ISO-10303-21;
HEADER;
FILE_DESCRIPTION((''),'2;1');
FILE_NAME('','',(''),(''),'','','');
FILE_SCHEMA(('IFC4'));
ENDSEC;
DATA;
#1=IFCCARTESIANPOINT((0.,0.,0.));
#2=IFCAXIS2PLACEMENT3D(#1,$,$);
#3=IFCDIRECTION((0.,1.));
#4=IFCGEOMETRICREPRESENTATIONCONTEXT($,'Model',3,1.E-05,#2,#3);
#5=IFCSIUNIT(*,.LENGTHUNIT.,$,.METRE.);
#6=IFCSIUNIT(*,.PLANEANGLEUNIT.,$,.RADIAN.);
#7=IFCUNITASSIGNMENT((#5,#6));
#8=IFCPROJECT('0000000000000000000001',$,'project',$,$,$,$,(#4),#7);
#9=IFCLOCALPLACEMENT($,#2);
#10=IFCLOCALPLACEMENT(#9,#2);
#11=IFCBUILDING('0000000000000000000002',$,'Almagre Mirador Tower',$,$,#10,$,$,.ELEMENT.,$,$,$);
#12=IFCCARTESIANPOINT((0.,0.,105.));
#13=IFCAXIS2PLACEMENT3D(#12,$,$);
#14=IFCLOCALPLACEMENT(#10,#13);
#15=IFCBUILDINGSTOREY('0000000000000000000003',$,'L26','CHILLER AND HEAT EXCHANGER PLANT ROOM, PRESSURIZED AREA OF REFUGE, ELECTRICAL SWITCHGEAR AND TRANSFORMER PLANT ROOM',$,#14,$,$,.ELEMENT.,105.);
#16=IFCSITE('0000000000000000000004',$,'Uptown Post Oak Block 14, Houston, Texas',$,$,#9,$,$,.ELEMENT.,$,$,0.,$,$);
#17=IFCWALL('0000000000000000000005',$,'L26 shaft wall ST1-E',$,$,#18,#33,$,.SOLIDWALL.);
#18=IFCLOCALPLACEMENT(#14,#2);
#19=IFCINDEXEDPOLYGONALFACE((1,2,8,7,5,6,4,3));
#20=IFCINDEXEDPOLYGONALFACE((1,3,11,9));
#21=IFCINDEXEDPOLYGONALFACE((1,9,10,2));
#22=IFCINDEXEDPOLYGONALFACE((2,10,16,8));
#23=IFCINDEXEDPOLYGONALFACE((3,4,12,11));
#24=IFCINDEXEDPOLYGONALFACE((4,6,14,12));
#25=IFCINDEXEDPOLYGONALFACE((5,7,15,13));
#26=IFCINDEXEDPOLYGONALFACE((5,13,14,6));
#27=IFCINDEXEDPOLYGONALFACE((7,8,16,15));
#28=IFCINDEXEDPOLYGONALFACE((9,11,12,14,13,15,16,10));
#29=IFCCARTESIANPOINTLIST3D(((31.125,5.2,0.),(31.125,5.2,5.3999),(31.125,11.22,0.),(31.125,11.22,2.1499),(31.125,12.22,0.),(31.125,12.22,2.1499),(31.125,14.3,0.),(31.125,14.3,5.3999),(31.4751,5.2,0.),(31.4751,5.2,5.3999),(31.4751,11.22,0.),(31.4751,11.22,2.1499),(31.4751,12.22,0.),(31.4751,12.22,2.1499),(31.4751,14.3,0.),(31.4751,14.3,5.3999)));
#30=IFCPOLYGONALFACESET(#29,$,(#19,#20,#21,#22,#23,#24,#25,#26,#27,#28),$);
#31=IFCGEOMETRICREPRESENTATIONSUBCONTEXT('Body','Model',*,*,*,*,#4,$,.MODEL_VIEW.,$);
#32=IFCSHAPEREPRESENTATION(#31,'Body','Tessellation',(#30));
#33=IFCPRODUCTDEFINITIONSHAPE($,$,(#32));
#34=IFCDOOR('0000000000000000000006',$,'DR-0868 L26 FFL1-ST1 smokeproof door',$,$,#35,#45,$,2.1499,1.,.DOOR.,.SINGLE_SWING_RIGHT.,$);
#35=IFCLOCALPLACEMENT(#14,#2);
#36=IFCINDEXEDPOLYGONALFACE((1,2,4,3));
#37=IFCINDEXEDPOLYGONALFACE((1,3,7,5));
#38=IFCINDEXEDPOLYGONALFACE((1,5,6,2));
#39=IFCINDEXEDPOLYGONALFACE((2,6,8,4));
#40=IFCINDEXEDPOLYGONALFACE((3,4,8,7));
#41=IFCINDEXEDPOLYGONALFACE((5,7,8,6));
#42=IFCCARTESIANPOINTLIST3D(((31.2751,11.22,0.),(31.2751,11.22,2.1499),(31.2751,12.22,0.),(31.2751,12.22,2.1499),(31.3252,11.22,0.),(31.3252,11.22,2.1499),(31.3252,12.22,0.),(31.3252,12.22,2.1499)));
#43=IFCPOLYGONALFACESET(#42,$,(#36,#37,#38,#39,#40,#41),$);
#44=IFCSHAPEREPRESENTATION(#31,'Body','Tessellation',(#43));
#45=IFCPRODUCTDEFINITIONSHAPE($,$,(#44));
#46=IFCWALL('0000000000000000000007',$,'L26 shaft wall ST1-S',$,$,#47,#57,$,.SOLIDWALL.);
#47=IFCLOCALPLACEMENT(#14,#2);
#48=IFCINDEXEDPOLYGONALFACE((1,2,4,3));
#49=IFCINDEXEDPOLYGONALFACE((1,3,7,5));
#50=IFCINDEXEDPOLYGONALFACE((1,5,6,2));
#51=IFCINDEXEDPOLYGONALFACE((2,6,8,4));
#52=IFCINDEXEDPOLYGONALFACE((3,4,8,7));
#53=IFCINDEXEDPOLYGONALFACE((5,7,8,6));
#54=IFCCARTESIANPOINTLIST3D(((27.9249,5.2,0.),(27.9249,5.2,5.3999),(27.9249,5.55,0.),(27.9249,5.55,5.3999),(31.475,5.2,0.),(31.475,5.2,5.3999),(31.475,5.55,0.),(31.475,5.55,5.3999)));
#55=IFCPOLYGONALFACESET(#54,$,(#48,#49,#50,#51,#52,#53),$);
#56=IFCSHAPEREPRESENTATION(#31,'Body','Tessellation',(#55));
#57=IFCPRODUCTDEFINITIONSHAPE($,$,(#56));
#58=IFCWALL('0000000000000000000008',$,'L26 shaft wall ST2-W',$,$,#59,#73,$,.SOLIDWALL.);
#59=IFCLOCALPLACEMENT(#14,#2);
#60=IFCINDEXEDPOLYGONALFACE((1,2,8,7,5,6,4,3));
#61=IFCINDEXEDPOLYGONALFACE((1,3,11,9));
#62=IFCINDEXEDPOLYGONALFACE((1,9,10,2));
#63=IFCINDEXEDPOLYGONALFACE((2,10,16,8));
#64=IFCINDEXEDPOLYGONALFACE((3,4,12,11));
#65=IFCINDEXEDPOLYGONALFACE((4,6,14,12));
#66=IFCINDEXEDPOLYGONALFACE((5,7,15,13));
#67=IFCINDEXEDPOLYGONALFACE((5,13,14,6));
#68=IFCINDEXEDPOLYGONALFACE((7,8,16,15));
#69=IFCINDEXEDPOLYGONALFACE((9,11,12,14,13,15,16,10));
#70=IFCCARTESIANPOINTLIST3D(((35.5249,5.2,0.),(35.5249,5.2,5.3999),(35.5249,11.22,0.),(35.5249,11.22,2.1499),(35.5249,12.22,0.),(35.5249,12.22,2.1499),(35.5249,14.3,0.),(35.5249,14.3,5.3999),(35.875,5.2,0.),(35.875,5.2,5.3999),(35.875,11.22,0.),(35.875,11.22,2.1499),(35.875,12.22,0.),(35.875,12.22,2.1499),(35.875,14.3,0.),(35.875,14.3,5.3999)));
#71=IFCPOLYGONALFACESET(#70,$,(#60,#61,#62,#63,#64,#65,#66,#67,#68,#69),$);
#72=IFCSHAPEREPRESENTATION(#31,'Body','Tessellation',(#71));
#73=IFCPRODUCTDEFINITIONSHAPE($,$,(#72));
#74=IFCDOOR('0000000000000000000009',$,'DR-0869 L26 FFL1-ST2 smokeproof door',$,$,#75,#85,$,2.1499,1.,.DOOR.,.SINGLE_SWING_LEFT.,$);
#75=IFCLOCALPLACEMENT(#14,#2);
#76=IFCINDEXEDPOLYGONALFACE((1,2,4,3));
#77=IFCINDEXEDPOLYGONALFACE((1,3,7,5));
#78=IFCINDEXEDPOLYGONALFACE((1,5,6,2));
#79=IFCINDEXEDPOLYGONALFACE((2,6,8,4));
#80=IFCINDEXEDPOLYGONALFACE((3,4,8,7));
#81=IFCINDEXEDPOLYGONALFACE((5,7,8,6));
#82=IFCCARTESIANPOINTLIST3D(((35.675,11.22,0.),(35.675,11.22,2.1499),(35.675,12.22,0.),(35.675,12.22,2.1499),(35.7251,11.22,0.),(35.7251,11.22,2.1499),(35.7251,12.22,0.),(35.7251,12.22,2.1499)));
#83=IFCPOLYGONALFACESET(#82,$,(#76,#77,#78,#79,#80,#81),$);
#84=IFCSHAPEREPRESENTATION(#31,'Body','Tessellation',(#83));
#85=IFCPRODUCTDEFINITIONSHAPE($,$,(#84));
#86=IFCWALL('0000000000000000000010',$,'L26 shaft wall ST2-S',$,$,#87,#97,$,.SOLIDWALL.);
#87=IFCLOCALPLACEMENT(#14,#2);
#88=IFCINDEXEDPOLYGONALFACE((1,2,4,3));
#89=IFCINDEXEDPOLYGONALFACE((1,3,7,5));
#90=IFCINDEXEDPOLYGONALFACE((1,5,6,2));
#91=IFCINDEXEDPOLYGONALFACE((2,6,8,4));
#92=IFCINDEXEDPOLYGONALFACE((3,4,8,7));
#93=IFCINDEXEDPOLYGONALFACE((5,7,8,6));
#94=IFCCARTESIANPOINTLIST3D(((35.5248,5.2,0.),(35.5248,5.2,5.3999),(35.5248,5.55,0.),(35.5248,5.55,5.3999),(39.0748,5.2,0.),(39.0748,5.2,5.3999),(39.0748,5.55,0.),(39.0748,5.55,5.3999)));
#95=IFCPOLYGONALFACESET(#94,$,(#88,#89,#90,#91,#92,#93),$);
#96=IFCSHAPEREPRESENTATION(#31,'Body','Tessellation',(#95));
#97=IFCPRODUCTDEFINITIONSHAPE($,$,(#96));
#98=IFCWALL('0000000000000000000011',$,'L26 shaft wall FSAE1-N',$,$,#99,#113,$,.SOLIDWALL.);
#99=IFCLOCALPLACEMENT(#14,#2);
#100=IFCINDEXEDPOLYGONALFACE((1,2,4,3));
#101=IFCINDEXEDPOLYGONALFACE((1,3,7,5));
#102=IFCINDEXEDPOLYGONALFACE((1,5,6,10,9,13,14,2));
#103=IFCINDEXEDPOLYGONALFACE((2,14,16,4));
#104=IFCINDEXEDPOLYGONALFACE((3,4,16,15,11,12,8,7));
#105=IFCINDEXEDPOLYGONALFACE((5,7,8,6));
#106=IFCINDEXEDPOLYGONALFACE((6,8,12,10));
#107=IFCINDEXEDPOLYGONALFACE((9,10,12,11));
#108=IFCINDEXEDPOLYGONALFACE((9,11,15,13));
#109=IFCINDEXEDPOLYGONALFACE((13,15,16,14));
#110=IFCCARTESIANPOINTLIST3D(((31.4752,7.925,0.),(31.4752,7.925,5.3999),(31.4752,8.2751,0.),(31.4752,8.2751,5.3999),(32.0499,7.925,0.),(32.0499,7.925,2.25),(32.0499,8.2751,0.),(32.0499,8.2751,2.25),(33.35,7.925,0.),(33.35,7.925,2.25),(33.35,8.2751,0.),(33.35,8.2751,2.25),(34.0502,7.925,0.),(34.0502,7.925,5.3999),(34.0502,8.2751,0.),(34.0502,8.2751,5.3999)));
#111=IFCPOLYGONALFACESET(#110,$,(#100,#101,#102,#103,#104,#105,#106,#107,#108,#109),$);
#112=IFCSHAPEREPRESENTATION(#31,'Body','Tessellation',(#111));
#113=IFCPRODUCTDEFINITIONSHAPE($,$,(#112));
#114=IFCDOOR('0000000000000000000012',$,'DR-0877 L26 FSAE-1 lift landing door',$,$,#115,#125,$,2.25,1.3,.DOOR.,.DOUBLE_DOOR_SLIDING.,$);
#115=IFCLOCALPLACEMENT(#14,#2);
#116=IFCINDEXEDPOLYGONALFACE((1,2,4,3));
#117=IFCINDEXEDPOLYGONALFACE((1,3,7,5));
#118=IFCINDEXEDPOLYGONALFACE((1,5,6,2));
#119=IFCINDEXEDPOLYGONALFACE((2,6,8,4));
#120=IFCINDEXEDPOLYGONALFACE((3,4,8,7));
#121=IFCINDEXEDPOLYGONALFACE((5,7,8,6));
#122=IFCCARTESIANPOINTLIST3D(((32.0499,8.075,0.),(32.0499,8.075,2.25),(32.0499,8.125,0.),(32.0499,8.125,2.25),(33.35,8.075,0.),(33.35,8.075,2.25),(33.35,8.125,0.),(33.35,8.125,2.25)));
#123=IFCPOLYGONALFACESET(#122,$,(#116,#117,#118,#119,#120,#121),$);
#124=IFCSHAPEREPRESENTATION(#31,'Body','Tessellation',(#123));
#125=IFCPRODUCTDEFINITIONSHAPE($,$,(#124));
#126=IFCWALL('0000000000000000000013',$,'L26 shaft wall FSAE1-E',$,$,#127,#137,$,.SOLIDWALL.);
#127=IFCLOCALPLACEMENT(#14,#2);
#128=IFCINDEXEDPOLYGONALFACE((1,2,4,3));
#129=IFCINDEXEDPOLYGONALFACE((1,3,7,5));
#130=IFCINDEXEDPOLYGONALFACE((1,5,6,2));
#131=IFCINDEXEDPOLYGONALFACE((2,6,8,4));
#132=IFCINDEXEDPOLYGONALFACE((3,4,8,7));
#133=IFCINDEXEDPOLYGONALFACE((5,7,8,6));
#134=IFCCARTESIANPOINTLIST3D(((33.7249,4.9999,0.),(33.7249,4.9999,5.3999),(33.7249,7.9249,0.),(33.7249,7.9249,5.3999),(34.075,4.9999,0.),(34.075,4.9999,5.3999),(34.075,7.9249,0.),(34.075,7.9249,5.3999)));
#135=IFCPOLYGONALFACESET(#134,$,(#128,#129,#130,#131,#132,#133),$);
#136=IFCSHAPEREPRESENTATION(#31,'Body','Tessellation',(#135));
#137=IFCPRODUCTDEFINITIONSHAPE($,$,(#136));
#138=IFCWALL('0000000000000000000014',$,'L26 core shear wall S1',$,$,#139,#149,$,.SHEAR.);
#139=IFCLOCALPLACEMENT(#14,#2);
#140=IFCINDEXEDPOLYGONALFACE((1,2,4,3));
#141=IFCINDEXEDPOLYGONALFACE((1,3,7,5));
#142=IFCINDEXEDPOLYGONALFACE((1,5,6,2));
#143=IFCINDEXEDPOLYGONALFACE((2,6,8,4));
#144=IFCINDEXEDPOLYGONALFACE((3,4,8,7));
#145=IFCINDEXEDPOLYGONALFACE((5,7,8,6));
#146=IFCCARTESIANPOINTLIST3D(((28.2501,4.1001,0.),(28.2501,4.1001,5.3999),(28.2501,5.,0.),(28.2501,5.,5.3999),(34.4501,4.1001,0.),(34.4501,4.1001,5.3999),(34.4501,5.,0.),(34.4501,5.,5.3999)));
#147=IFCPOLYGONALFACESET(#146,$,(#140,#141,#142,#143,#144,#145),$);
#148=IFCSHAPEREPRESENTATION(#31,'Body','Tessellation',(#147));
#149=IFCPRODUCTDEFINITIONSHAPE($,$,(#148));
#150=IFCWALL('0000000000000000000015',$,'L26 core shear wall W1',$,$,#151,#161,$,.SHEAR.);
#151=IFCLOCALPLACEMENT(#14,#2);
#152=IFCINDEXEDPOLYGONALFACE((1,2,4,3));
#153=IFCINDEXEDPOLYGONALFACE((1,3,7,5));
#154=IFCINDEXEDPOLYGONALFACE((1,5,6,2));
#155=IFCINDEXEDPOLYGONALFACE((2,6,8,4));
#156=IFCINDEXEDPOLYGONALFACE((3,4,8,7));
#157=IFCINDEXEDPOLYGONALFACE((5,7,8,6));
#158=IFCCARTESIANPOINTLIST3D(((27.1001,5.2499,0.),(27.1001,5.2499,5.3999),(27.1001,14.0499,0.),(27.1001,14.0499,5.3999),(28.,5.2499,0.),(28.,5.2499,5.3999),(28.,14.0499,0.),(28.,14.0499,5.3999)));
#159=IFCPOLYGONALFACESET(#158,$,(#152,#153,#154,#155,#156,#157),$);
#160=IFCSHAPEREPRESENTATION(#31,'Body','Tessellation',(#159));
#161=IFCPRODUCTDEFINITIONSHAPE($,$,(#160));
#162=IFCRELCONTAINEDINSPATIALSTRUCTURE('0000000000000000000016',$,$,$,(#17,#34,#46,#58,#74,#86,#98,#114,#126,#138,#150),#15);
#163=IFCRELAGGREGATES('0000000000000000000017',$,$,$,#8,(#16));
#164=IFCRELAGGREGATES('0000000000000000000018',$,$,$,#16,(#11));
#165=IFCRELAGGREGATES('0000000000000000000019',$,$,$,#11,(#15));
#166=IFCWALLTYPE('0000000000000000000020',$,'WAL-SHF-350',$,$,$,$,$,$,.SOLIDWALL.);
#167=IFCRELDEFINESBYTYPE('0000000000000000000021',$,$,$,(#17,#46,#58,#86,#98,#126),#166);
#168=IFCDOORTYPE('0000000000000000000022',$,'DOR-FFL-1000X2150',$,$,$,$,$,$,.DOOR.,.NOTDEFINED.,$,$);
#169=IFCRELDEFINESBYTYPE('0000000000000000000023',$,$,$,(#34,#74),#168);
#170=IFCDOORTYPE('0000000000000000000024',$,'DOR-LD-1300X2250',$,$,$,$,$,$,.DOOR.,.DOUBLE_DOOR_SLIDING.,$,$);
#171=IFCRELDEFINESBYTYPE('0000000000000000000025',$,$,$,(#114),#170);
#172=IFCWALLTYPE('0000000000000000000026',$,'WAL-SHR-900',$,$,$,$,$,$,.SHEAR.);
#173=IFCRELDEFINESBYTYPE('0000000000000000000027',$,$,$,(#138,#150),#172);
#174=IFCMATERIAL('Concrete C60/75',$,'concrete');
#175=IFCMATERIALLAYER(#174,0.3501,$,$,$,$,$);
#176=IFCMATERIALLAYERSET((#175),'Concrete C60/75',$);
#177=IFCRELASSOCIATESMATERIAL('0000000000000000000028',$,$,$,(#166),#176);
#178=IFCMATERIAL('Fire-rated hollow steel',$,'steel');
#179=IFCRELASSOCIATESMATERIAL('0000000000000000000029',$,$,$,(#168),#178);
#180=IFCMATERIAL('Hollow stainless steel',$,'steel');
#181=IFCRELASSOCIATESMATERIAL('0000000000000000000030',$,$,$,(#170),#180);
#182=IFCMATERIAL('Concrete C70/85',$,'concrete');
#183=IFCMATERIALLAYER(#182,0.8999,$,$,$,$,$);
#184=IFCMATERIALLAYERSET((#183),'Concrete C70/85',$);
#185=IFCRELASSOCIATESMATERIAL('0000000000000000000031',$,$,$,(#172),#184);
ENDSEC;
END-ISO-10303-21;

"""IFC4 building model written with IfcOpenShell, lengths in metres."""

from ifc_helpers import new_model, si_unit, direction, frame, frame_2d, origin, place, context, subcontext, project, spatial, rectangle, extrude, material, layer, layer_set, type_object, element, fill, save


model = new_model("IFC4")

# Units and contexts
model_context = context("Model", 3, precision=1e-05, world=origin(), true_north=direction((0.0, 1.0)))
body_context = subcontext(model_context, "Body", "Model", "MODEL_VIEW")
ifc_project = project(units=[si_unit("LENGTHUNIT", "METRE"), si_unit("PLANEANGLEUNIT", "RADIAN")], contexts=[model_context])

# Site, building, storey
site_placement = place(None, origin())
site = spatial("IfcSite", under=ifc_project, at=site_placement, Name="Uptown Post Oak Block 14, Houston, Texas", CompositionType="ELEMENT", RefElevation=0.0)
building_placement = place(site_placement, origin())
building = spatial("IfcBuilding", under=site, at=building_placement, Name="Almagre Mirador Tower", CompositionType="ELEMENT")
storey_placement = place(building_placement, frame((0.0, 0.0, 105.0)))
storey = spatial("IfcBuildingStorey", under=building, at=storey_placement, Name="L26", Description="CHILLER AND HEAT EXCHANGER PLANT ROOM, PRESSURIZED AREA OF REFUGE, ELECTRICAL SWITCHGEAR AND TRANSFORMER PLANT ROOM", CompositionType="ELEMENT", Elevation=105.0)

# Shared definitions
ifc_material_1 = material(Name="Concrete C60/75", Category="concrete")
ifc_layer_1 = layer(ifc_material_1, 0.3501)
ifc_layer_set_1 = layer_set([ifc_layer_1], Name="Concrete C60/75")
wall_type_1 = type_object("IfcWallType", Name="WAL-SHF-350", PredefinedType="SOLIDWALL", material=ifc_layer_set_1)

# Wall, opening, door
wall_1_placement = place(storey_placement, frame((31.3, 5.2, 0.0), z_axis=(0.0, 0.0, 1.0), x_axis=(0.0, 1.0, 0.0)))
wall_1 = element("IfcWall", 1, at=wall_1_placement, inside=storey, type_object=wall_type_1, Name="L26 shaft wall ST1-E", PredefinedType="SOLIDWALL", context=body_context, shape_type="SweptSolid", body=[
    extrude(rectangle(XDim=9.1001, YDim=0.3501, at=frame_2d((4.55, 0.0))), origin(), (0.0, 0.0, 1.0), 5.3999),
])
opening_1_placement = place(wall_1_placement, frame((6.02, 0.0, 0.0)))
opening_1 = element("IfcOpeningElement", 2, at=opening_1_placement, cuts=wall_1, PredefinedType="OPENING", context=body_context, shape_type="SweptSolid", body=[
    extrude(rectangle(XDim=1.0, YDim=2.1499, at=frame_2d((0.5, 1.075))), frame((0.0, 0.185, 0.0), z_axis=(0.0, -1.0, 0.0), x_axis=(1.0, 0.0, 0.0)), (0.0, 0.0, 1.0), 0.3701),
])
ifc_material_2 = material(Name="Fire-rated hollow steel", Category="steel")
door_type_1 = type_object("IfcDoorType", Name="DOR-FFL-1000X2150", OperationType="NOTDEFINED", PredefinedType="DOOR", material=ifc_material_2)
door_1_placement = place(opening_1_placement, origin())
door_1 = element("IfcDoor", 3, at=door_1_placement, inside=storey, type_object=door_type_1, Name="DR-0868 L26 FFL1-ST1 smokeproof door", OperationType="SINGLE_SWING_RIGHT", OverallHeight=2.1499, OverallWidth=1.0, PredefinedType="DOOR", context=body_context, shape_type="SweptSolid", body=[
    extrude(rectangle(XDim=1.0, YDim=2.1499, at=frame_2d((0.5, 1.075))), frame((0.0, 0.0249, 0.0), z_axis=(0.0, -1.0, 0.0), x_axis=(1.0, 0.0, 0.0)), (0.0, 0.0, 1.0), 0.05),
])
fill(opening_1, door_1)

# Wall
wall_2_placement = place(storey_placement, frame((27.925, 5.375, 0.0), z_axis=(0.0, 0.0, 1.0), x_axis=(1.0, 0.0, 0.0)))
element("IfcWall", 4, at=wall_2_placement, inside=storey, type_object=wall_type_1, Name="L26 shaft wall ST1-S", PredefinedType="SOLIDWALL", context=body_context, shape_type="SweptSolid", body=[
    extrude(rectangle(XDim=3.55, YDim=0.3501, at=frame_2d((1.7749, 0.0))), origin(), (0.0, 0.0, 1.0), 5.3999),
])

# Wall, opening, door
wall_3_placement = place(storey_placement, frame((35.7, 5.2, 0.0), z_axis=(0.0, 0.0, 1.0), x_axis=(0.0, 1.0, 0.0)))
wall_3 = element("IfcWall", 5, at=wall_3_placement, inside=storey, type_object=wall_type_1, Name="L26 shaft wall ST2-W", PredefinedType="SOLIDWALL", context=body_context, shape_type="SweptSolid", body=[
    extrude(rectangle(XDim=9.1001, YDim=0.3501, at=frame_2d((4.55, 0.0))), origin(), (0.0, 0.0, 1.0), 5.3999),
])
opening_2_placement = place(wall_3_placement, frame((6.02, 0.0, 0.0)))
opening_2 = element("IfcOpeningElement", 6, at=opening_2_placement, cuts=wall_3, PredefinedType="OPENING", context=body_context, shape_type="SweptSolid", body=[
    extrude(rectangle(XDim=1.0, YDim=2.1499, at=frame_2d((0.5, 1.075))), frame((0.0, 0.185, 0.0), z_axis=(0.0, -1.0, 0.0), x_axis=(1.0, 0.0, 0.0)), (0.0, 0.0, 1.0), 0.3701),
])
door_2_placement = place(opening_2_placement, origin())
door_2 = element("IfcDoor", 7, at=door_2_placement, inside=storey, type_object=door_type_1, Name="DR-0869 L26 FFL1-ST2 smokeproof door", OperationType="SINGLE_SWING_LEFT", OverallHeight=2.1499, OverallWidth=1.0, PredefinedType="DOOR", context=body_context, shape_type="SweptSolid", body=[
    extrude(rectangle(XDim=1.0, YDim=2.1499, at=frame_2d((0.5, 1.075))), frame((0.0, 0.0249, 0.0), z_axis=(0.0, -1.0, 0.0), x_axis=(1.0, 0.0, 0.0)), (0.0, 0.0, 1.0), 0.05),
])
fill(opening_2, door_2)

# Wall
wall_4_placement = place(storey_placement, frame((35.5249, 5.375, 0.0), z_axis=(0.0, 0.0, 1.0), x_axis=(1.0, 0.0, 0.0)))
element("IfcWall", 8, at=wall_4_placement, inside=storey, type_object=wall_type_1, Name="L26 shaft wall ST2-S", PredefinedType="SOLIDWALL", context=body_context, shape_type="SweptSolid", body=[
    extrude(rectangle(XDim=3.55, YDim=0.3501, at=frame_2d((1.7749, 0.0))), origin(), (0.0, 0.0, 1.0), 5.3999),
])

# Wall, opening, door
wall_5_placement = place(storey_placement, frame((31.4751, 8.1001, 0.0), z_axis=(0.0, 0.0, 1.0), x_axis=(1.0, 0.0, 0.0)))
wall_5 = element("IfcWall", 9, at=wall_5_placement, inside=storey, type_object=wall_type_1, Name="L26 shaft wall FSAE1-N", PredefinedType="SOLIDWALL", context=body_context, shape_type="SweptSolid", body=[
    extrude(rectangle(XDim=2.575, YDim=0.3501, at=frame_2d((1.2876, 0.0))), origin(), (0.0, 0.0, 1.0), 5.3999),
])
opening_3_placement = place(wall_5_placement, frame((0.575, 0.0, 0.0)))
opening_3 = element("IfcOpeningElement", 10, at=opening_3_placement, cuts=wall_5, PredefinedType="OPENING", context=body_context, shape_type="SweptSolid", body=[
    extrude(rectangle(XDim=1.3, YDim=2.25, at=frame_2d((0.6499, 1.125))), frame((0.0, 0.185, 0.0), z_axis=(0.0, -1.0, 0.0), x_axis=(1.0, 0.0, 0.0)), (0.0, 0.0, 1.0), 0.3701),
])
ifc_material_3 = material(Name="Hollow stainless steel", Category="steel")
door_type_2 = type_object("IfcDoorType", Name="DOR-LD-1300X2250", OperationType="DOUBLE_DOOR_SLIDING", PredefinedType="DOOR", material=ifc_material_3)
door_3_placement = place(opening_3_placement, origin())
door_3 = element("IfcDoor", 11, at=door_3_placement, inside=storey, type_object=door_type_2, Name="DR-0877 L26 FSAE-1 lift landing door", OperationType="DOUBLE_DOOR_SLIDING", OverallHeight=2.25, OverallWidth=1.3, PredefinedType="DOOR", context=body_context, shape_type="SweptSolid", body=[
    extrude(rectangle(XDim=1.3, YDim=2.25, at=frame_2d((0.6499, 1.125))), frame((0.0, 0.0249, 0.0), z_axis=(0.0, -1.0, 0.0), x_axis=(1.0, 0.0, 0.0)), (0.0, 0.0, 1.0), 0.05),
])
fill(opening_3, door_3)

# Walls
wall_6_placement = place(storey_placement, frame((33.8999, 5.0, 0.0), z_axis=(0.0, 0.0, 1.0), x_axis=(0.0, 1.0, 0.0)))
element("IfcWall", 12, at=wall_6_placement, inside=storey, type_object=wall_type_1, Name="L26 shaft wall FSAE1-E", PredefinedType="SOLIDWALL", context=body_context, shape_type="SweptSolid", body=[
    extrude(rectangle(XDim=2.925, YDim=0.3501, at=frame_2d((1.4624, 0.0))), origin(), (0.0, 0.0, 1.0), 5.3999),
])
ifc_material_4 = material(Name="Concrete C70/85", Category="concrete")
ifc_layer_2 = layer(ifc_material_4, 0.8999)
ifc_layer_set_2 = layer_set([ifc_layer_2], Name="Concrete C70/85")
wall_type_2 = type_object("IfcWallType", Name="WAL-SHR-900", PredefinedType="SHEAR", material=ifc_layer_set_2)
wall_7_placement = place(storey_placement, frame((28.25, 4.55, 0.0), z_axis=(0.0, 0.0, 1.0), x_axis=(1.0, 0.0, 0.0)))
element("IfcWall", 13, at=wall_7_placement, inside=storey, type_object=wall_type_2, Name="L26 core shear wall S1", PredefinedType="SHEAR", context=body_context, shape_type="SweptSolid", body=[
    extrude(rectangle(XDim=6.2, YDim=0.8999, at=frame_2d((3.1001, 0.0))), origin(), (0.0, 0.0, 1.0), 5.3999),
])
wall_8_placement = place(storey_placement, frame((27.55, 5.25, 0.0), z_axis=(0.0, 0.0, 1.0), x_axis=(0.0, 1.0, 0.0)))
element("IfcWall", 14, at=wall_8_placement, inside=storey, type_object=wall_type_2, Name="L26 core shear wall W1", PredefinedType="SHEAR", context=body_context, shape_type="SweptSolid", body=[
    extrude(rectangle(XDim=8.8, YDim=0.8999, at=frame_2d((4.3999, 0.0))), origin(), (0.0, 0.0, 1.0), 5.3999),
])

save(model, "model.ifc")
